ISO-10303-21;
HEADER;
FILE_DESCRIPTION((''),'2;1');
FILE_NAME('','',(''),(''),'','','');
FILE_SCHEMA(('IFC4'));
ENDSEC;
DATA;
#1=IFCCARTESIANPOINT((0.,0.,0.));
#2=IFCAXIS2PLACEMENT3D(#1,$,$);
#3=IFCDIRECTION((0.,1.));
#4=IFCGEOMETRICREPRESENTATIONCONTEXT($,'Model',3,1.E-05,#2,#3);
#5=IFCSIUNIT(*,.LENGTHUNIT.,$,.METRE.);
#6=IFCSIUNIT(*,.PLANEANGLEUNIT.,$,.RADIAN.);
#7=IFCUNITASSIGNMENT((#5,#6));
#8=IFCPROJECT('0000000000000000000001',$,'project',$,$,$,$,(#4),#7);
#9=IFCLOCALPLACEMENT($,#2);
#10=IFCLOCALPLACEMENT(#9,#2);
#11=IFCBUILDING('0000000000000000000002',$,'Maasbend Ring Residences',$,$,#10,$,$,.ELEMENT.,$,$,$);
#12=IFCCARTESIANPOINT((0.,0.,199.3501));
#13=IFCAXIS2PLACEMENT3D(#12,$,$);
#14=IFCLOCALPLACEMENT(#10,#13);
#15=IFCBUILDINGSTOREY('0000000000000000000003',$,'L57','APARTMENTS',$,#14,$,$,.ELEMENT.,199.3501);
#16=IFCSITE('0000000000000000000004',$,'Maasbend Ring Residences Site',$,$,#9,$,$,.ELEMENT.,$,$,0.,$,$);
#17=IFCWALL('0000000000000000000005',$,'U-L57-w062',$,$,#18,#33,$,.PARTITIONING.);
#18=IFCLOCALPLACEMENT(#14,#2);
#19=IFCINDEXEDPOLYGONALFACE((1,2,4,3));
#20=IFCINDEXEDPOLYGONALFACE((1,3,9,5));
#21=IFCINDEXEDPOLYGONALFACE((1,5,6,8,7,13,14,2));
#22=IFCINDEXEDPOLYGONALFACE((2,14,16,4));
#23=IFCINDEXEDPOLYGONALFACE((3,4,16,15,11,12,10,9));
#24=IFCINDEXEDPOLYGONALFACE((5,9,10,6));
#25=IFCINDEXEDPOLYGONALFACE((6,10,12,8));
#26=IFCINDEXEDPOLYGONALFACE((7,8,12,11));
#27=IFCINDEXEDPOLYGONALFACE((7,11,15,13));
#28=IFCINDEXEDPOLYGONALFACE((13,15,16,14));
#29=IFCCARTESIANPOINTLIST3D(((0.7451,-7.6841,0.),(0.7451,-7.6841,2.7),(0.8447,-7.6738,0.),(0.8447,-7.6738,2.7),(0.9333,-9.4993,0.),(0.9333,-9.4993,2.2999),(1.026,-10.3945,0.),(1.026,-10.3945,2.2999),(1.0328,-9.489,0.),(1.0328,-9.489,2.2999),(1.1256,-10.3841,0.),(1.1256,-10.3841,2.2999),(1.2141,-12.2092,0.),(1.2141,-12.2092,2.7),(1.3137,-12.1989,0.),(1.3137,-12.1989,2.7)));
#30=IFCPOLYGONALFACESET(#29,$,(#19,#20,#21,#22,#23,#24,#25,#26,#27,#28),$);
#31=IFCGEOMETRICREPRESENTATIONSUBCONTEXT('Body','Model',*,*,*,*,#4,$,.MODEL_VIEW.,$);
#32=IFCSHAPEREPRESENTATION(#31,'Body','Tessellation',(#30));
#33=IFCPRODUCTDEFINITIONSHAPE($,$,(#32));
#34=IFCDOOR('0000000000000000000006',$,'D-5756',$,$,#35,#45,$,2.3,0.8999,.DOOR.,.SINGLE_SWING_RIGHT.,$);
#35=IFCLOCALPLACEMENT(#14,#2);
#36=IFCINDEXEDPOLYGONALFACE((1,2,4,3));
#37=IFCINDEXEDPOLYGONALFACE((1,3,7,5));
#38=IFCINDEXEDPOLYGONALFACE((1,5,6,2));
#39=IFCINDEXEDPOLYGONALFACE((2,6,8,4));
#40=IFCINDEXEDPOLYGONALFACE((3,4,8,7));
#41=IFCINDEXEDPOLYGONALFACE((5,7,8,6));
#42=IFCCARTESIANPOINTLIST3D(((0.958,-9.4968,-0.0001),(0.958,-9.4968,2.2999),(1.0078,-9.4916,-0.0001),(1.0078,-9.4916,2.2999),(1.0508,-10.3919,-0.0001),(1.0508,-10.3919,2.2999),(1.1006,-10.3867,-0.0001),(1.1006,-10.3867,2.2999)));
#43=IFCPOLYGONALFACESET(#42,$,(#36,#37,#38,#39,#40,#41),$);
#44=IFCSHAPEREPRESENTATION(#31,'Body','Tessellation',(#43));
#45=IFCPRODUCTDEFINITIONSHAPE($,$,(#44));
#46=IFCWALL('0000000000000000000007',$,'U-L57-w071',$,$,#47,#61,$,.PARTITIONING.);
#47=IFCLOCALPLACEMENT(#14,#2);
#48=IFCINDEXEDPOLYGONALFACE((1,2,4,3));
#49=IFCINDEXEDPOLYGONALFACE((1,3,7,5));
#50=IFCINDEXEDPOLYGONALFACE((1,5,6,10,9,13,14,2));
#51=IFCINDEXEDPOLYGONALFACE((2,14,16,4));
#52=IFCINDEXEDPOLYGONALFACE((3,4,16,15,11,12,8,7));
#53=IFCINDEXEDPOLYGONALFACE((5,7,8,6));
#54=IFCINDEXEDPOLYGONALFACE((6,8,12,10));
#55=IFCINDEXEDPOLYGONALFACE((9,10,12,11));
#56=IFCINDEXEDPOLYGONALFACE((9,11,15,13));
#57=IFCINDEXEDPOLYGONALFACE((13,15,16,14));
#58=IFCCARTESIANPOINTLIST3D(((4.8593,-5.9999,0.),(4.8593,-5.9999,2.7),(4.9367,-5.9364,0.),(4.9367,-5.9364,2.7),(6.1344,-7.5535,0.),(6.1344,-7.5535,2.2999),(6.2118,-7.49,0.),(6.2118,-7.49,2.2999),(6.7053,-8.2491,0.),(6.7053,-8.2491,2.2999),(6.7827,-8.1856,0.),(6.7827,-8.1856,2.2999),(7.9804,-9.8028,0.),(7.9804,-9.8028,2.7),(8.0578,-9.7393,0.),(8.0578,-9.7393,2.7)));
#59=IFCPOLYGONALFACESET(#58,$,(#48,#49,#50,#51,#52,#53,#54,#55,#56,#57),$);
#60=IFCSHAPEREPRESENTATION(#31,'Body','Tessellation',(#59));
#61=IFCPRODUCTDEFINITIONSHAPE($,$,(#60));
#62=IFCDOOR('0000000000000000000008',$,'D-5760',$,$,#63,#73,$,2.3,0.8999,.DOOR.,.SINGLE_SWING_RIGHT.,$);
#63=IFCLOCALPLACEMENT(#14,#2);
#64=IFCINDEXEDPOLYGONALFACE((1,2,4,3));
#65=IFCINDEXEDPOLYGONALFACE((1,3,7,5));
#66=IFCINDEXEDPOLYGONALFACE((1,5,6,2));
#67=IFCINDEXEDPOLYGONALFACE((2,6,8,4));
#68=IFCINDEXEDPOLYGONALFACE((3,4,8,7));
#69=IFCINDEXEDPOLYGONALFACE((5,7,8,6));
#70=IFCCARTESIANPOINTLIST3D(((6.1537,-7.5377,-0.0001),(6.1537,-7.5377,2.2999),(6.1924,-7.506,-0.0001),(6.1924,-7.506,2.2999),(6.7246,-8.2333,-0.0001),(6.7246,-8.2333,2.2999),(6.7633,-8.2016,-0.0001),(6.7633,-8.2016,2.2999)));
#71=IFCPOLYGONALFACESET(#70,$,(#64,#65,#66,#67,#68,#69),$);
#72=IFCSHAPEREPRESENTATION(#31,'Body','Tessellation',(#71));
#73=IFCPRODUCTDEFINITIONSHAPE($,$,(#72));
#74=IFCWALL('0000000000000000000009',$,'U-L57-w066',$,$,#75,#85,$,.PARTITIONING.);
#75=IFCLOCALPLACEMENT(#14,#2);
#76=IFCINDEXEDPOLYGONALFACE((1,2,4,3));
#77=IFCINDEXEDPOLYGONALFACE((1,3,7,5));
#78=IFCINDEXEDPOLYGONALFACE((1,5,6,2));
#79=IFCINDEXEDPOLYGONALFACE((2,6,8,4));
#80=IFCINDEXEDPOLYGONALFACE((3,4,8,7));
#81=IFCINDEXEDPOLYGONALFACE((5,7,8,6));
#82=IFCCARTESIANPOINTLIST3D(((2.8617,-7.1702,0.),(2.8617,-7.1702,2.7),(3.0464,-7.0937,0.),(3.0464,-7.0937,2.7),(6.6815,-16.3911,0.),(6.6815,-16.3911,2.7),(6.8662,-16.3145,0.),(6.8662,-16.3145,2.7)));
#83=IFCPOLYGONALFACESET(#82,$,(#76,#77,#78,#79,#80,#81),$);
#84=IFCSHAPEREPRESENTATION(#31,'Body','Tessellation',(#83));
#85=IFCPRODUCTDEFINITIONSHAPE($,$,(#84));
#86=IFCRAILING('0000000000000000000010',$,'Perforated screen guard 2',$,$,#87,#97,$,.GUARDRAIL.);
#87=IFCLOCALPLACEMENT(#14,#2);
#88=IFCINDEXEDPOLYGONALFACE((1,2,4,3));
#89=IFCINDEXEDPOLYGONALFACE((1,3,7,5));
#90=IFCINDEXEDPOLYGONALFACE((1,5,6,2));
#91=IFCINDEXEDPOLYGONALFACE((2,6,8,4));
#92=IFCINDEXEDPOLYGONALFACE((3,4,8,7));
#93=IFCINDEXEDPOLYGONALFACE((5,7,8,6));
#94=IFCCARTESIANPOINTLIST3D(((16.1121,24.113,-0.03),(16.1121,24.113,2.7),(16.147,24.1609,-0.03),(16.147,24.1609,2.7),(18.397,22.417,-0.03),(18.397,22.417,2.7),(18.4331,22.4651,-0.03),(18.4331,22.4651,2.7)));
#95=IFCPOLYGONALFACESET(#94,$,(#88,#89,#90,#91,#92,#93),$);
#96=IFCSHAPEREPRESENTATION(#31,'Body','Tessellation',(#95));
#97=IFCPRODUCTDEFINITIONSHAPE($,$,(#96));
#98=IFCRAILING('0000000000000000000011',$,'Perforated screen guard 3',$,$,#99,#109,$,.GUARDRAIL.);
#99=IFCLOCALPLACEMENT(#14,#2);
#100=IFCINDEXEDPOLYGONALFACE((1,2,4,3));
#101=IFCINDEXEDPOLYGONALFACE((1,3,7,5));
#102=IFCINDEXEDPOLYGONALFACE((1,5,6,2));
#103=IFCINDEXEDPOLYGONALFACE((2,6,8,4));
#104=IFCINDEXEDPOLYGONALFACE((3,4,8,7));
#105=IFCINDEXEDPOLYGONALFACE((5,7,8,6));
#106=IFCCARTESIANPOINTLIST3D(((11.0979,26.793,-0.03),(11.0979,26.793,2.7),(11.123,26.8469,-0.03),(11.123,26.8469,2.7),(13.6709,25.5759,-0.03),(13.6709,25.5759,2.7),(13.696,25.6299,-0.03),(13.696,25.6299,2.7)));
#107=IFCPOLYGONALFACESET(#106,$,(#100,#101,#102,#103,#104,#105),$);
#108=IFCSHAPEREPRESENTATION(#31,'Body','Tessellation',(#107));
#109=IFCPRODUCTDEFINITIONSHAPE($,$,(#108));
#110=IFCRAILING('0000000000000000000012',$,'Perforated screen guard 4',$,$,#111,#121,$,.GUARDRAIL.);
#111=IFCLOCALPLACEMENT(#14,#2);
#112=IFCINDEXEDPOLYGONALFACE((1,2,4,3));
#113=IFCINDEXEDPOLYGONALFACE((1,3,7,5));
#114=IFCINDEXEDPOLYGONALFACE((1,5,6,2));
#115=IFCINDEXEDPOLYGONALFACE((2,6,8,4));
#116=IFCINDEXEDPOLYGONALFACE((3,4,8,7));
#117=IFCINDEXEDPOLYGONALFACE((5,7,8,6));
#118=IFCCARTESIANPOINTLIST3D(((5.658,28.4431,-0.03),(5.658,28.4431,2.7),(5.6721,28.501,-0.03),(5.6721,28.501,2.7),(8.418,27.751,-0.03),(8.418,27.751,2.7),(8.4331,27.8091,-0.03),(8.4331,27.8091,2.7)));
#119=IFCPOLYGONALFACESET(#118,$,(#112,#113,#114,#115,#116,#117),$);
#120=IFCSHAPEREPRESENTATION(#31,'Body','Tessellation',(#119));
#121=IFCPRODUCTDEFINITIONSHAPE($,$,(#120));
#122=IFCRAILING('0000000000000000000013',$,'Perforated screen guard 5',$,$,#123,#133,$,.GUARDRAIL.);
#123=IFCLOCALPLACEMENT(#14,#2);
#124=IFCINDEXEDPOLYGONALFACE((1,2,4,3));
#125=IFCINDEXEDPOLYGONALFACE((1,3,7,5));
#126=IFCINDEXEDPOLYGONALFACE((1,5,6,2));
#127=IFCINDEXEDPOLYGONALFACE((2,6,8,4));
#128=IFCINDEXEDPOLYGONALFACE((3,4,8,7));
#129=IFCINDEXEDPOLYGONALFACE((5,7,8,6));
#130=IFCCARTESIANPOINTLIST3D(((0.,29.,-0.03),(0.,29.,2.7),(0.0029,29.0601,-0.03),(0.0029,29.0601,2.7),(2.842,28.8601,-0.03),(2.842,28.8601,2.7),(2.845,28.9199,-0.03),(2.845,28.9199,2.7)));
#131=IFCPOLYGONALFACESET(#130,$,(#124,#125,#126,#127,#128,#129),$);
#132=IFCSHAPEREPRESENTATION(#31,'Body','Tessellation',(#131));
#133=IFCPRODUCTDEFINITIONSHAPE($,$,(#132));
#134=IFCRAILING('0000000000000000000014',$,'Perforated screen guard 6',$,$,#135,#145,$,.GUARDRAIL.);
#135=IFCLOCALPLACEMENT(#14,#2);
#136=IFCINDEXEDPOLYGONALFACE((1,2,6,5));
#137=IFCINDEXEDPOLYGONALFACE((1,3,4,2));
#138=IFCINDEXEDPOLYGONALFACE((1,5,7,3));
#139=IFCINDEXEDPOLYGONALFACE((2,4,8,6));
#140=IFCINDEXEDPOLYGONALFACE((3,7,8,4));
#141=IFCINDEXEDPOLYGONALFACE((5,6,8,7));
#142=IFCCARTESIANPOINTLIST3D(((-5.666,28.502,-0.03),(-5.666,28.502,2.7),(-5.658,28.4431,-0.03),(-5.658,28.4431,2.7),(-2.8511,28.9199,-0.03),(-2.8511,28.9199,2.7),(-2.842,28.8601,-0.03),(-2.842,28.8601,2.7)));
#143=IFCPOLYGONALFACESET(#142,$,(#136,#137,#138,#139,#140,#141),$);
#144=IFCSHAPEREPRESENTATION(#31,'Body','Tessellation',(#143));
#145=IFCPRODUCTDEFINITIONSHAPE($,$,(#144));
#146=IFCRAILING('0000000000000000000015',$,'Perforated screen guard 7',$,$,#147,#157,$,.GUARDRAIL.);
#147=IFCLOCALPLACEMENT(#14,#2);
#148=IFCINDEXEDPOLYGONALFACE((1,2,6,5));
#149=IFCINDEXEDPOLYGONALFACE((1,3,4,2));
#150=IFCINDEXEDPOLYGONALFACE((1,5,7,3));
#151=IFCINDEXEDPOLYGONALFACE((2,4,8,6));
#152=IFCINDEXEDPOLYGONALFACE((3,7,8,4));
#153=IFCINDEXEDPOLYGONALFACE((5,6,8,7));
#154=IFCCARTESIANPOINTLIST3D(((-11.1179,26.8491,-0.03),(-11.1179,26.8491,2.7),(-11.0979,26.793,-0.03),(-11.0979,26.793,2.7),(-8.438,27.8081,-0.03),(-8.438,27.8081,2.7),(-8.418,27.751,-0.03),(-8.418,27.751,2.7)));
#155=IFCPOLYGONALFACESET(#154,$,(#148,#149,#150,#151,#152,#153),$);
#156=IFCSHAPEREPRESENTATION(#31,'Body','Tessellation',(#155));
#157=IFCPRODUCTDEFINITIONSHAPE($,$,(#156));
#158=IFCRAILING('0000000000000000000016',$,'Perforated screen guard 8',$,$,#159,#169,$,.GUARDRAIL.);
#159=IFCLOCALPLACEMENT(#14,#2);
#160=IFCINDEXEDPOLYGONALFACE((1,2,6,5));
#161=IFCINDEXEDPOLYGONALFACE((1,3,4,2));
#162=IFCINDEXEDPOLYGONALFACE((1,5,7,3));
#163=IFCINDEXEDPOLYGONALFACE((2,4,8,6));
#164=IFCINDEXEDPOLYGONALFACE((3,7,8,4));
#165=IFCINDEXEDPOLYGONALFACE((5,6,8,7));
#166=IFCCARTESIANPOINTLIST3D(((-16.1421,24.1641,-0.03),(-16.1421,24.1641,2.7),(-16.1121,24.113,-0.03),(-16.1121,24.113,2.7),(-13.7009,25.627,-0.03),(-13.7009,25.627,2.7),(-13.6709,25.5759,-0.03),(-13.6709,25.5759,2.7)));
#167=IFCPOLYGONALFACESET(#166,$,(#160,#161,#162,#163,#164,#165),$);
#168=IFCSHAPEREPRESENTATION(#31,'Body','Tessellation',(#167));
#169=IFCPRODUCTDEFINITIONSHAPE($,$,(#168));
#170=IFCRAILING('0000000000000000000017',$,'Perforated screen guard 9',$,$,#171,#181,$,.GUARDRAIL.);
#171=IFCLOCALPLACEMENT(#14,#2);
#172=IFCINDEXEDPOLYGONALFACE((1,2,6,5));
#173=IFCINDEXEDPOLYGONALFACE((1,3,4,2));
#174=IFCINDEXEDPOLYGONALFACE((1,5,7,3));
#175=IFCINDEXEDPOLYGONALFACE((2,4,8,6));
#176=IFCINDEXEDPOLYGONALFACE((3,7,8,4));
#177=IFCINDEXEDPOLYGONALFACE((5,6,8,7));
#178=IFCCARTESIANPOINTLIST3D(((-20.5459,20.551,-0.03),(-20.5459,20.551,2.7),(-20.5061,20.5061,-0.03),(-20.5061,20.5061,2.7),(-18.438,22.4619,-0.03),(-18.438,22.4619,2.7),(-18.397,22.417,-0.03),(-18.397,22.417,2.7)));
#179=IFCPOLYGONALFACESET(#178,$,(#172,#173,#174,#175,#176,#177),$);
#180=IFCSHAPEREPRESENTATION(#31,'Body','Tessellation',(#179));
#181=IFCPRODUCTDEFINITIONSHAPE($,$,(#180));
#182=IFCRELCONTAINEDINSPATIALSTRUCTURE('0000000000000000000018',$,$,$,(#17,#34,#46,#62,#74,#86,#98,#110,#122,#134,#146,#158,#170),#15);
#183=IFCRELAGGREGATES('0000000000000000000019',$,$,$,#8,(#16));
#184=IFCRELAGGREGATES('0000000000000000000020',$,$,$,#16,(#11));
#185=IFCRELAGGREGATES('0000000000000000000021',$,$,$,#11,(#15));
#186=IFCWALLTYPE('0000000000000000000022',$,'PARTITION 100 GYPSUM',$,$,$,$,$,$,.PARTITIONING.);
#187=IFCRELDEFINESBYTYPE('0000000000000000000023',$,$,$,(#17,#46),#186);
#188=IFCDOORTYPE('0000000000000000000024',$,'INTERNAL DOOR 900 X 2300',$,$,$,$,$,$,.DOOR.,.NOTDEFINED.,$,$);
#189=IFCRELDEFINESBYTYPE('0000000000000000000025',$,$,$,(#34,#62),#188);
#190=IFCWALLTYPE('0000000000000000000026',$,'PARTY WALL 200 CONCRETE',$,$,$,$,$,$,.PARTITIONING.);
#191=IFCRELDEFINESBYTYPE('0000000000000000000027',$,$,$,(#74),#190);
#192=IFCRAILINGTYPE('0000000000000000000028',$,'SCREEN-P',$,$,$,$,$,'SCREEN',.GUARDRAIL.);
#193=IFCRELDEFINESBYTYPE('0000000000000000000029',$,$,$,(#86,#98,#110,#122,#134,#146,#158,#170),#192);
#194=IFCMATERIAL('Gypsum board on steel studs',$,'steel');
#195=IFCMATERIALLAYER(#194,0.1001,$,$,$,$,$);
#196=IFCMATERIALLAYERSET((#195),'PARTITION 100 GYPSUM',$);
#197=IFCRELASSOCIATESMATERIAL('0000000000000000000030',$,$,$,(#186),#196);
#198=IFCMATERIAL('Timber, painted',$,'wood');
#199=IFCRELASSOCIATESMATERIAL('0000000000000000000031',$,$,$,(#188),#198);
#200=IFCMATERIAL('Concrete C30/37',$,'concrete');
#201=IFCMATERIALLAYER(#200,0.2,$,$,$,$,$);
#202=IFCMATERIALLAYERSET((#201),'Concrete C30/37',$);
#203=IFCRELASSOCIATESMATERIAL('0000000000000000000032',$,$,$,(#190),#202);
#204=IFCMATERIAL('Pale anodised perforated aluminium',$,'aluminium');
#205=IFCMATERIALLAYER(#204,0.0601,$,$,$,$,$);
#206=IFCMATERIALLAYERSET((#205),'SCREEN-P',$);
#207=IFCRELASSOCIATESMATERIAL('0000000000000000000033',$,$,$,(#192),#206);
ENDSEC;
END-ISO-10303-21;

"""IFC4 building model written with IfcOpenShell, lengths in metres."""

from ifc_helpers import new_model, si_unit, direction, frame, frame_2d, origin, place, context, subcontext, project, spatial, polyline, rectangle, outline, extrude, material, layer, layer_set, type_object, element, fill, save


model = new_model("IFC4")

# Units and contexts
model_context = context("Model", 3, precision=1e-05, world=origin(), true_north=direction((0.0, 1.0)))
body_context = subcontext(model_context, "Body", "Model", "MODEL_VIEW")
ifc_project = project(units=[si_unit("LENGTHUNIT", "METRE"), si_unit("PLANEANGLEUNIT", "RADIAN")], contexts=[model_context])

# Site, building, storey
site_placement = place(None, origin())
site = spatial("IfcSite", under=ifc_project, at=site_placement, Name="Maasbend Ring Residences Site", CompositionType="ELEMENT", RefElevation=0.0)
building_placement = place(site_placement, origin())
building = spatial("IfcBuilding", under=site, at=building_placement, Name="Maasbend Ring Residences", CompositionType="ELEMENT")
storey_placement = place(building_placement, frame((0.0, 0.0, 199.3501)))
storey = spatial("IfcBuildingStorey", under=building, at=storey_placement, Name="L57", Description="APARTMENTS", CompositionType="ELEMENT", Elevation=199.3501)

# Walls, openings, doors
ifc_material_1 = material(Name="Gypsum board on steel studs", Category="steel")
ifc_layer_1 = layer(ifc_material_1, 0.1001)
ifc_layer_set_1 = layer_set([ifc_layer_1], Name="PARTITION 100 GYPSUM")
wall_type_1 = type_object("IfcWallType", Name="PARTITION 100 GYPSUM", PredefinedType="PARTITIONING", material=ifc_layer_set_1)
wall_1_placement = place(storey_placement, frame((0.7949, -7.679, 0.0), z_axis=(0.0, 0.0, 1.0), x_axis=(0.10309, -0.994672, 0.0)))
wall_1 = element("IfcWall", 1, at=wall_1_placement, inside=storey, type_object=wall_type_1, Name="U-L57-w062", PredefinedType="PARTITIONING", context=body_context, shape_type="SweptSolid", body=[
    extrude(rectangle(XDim=4.5493, YDim=0.1001, at=frame_2d((2.2747, 0.0))), origin(), (0.0, 0.0, 1.0), 2.7),
])
opening_1_placement = place(wall_1_placement, frame((1.825, 0.0, 0.0)))
opening_1 = element("IfcOpeningElement", 2, at=opening_1_placement, cuts=wall_1, PredefinedType="OPENING", context=body_context, shape_type="SweptSolid", body=[
    extrude(rectangle(XDim=0.8999, YDim=2.3, at=frame_2d((0.45, 1.1499))), frame((0.0, 0.0601, 0.0), z_axis=(0.0, -1.0, 0.0), x_axis=(1.0, 0.0, 0.0)), (0.0, 0.0, 1.0), 0.1201),
])
ifc_material_2 = material(Name="Timber, painted", Category="wood")
door_type = type_object("IfcDoorType", Name="INTERNAL DOOR 900 X 2300", OperationType="NOTDEFINED", PredefinedType="DOOR", material=ifc_material_2)
door_1_placement = place(opening_1_placement, origin())
door_1 = element("IfcDoor", 3, at=door_1_placement, inside=storey, type_object=door_type, Name="D-5756", OperationType="SINGLE_SWING_RIGHT", OverallHeight=2.3, OverallWidth=0.8999, PredefinedType="DOOR", context=body_context, shape_type="SweptSolid", body=[
    extrude(rectangle(XDim=0.8999, YDim=2.3, at=frame_2d((0.45, 1.1499))), frame((0.0, 0.0249, 0.0), z_axis=(0.0, -1.0, 0.0), x_axis=(1.0, 0.0, 0.0)), (0.0, 0.0, 1.0), 0.05),
])
fill(opening_1, door_1)
wall_2_placement = place(storey_placement, frame((4.8979, -5.968, 0.0), z_axis=(0.0, 0.0, 1.0), x_axis=(0.634402, -0.773003, 0.0)))
wall_2 = element("IfcWall", 4, at=wall_2_placement, inside=storey, type_object=wall_type_1, Name="U-L57-w071", PredefinedType="PARTITIONING", context=body_context, shape_type="SweptSolid", body=[
    extrude(rectangle(XDim=4.9197, YDim=0.1001, at=frame_2d((2.46, 0.0))), origin(), (0.0, 0.0, 1.0), 2.7),
])
opening_2_placement = place(wall_2_placement, frame((2.01, 0.0, 0.0)))
opening_2 = element("IfcOpeningElement", 5, at=opening_2_placement, cuts=wall_2, PredefinedType="OPENING", context=body_context, shape_type="SweptSolid", body=[
    extrude(rectangle(XDim=0.8999, YDim=2.3, at=frame_2d((0.45, 1.1499))), frame((0.0, 0.0601, 0.0), z_axis=(0.0, -1.0, 0.0), x_axis=(1.0, 0.0, 0.0)), (0.0, 0.0, 1.0), 0.1201),
])
door_2_placement = place(opening_2_placement, origin())
door_2 = element("IfcDoor", 6, at=door_2_placement, inside=storey, type_object=door_type, Name="D-5760", OperationType="SINGLE_SWING_RIGHT", OverallHeight=2.3, OverallWidth=0.8999, PredefinedType="DOOR", context=body_context, shape_type="SweptSolid", body=[
    extrude(rectangle(XDim=0.8999, YDim=2.3, at=frame_2d((0.45, 1.1499))), frame((0.0, 0.0249, 0.0), z_axis=(0.0, -1.0, 0.0), x_axis=(1.0, 0.0, 0.0)), (0.0, 0.0, 1.0), 0.05),
])
fill(opening_2, door_2)

# Wall
ifc_material_3 = material(Name="Concrete C30/37", Category="concrete")
ifc_layer_2 = layer(ifc_material_3, 0.2)
ifc_layer_set_2 = layer_set([ifc_layer_2], Name="Concrete C30/37")
wall_type_2 = type_object("IfcWallType", Name="PARTY WALL 200 CONCRETE", PredefinedType="PARTITIONING", material=ifc_layer_set_2)
wall_3_placement = place(storey_placement, frame((2.9541, -7.1321, 0.0), z_axis=(0.0, 0.0, 1.0), x_axis=(0.382716, -0.923866, 0.0)))
element("IfcWall", 7, at=wall_3_placement, inside=storey, type_object=wall_type_2, Name="U-L57-w066", PredefinedType="PARTITIONING", context=body_context, shape_type="SweptSolid", body=[
    extrude(rectangle(XDim=9.9807, YDim=0.2, at=frame_2d((4.9902, 0.0))), origin(), (0.0, 0.0, 1.0), 2.7),
])

# Railings
ifc_material_4 = material(Name="Pale anodised perforated aluminium", Category="aluminium")
ifc_layer_3 = layer(ifc_material_4, 0.0601)
ifc_layer_set_3 = layer_set([ifc_layer_3], Name="SCREEN-P")
railing_type = type_object("IfcRailingType", Name="SCREEN-P", ElementType="SCREEN", PredefinedType="GUARDRAIL", material=ifc_layer_set_3)
railing_1_placement = place(storey_placement, frame((0.0, 0.0, -0.03)))
element("IfcRailing", 8, at=railing_1_placement, inside=storey, type_object=railing_type, Name="Perforated screen guard 2", PredefinedType="GUARDRAIL", context=body_context, shape_type="SweptSolid", body=[
    extrude(outline(polyline([(18.397, 22.417), (16.1121, 24.113), (16.147, 24.1609), (18.4331, 22.4651), (18.397, 22.417)])), origin(), (0.0, 0.0, 1.0), 2.73),
])
railing_2_placement = place(storey_placement, frame((0.0, 0.0, -0.03)))
element("IfcRailing", 9, at=railing_2_placement, inside=storey, type_object=railing_type, Name="Perforated screen guard 3", PredefinedType="GUARDRAIL", context=body_context, shape_type="SweptSolid", body=[
    extrude(outline(polyline([(13.6709, 25.5759), (11.0979, 26.793), (11.123, 26.8469), (13.696, 25.6299), (13.6709, 25.5759)])), origin(), (0.0, 0.0, 1.0), 2.73),
])
railing_3_placement = place(storey_placement, frame((0.0, 0.0, -0.03)))
element("IfcRailing", 10, at=railing_3_placement, inside=storey, type_object=railing_type, Name="Perforated screen guard 4", PredefinedType="GUARDRAIL", context=body_context, shape_type="SweptSolid", body=[
    extrude(outline(polyline([(8.418, 27.751), (5.658, 28.4431), (5.6721, 28.501), (8.4331, 27.8091), (8.418, 27.751)])), origin(), (0.0, 0.0, 1.0), 2.73),
])
railing_4_placement = place(storey_placement, frame((0.0, 0.0, -0.03)))
element("IfcRailing", 11, at=railing_4_placement, inside=storey, type_object=railing_type, Name="Perforated screen guard 5", PredefinedType="GUARDRAIL", context=body_context, shape_type="SweptSolid", body=[
    extrude(outline(polyline([(2.842, 28.8601), (0.0, 29.0), (0.0029, 29.0601), (2.845, 28.9199), (2.842, 28.8601)])), origin(), (0.0, 0.0, 1.0), 2.73),
])
railing_5_placement = place(storey_placement, frame((0.0, 0.0, -0.03)))
element("IfcRailing", 12, at=railing_5_placement, inside=storey, type_object=railing_type, Name="Perforated screen guard 6", PredefinedType="GUARDRAIL", context=body_context, shape_type="SweptSolid", body=[
    extrude(outline(polyline([(-2.842, 28.8601), (-5.658, 28.4431), (-5.666, 28.502), (-2.8511, 28.9199), (-2.842, 28.8601)])), origin(), (0.0, 0.0, 1.0), 2.73),
])
railing_6_placement = place(storey_placement, frame((0.0, 0.0, -0.03)))
element("IfcRailing", 13, at=railing_6_placement, inside=storey, type_object=railing_type, Name="Perforated screen guard 7", PredefinedType="GUARDRAIL", context=body_context, shape_type="SweptSolid", body=[
    extrude(outline(polyline([(-8.418, 27.751), (-11.0979, 26.793), (-11.1179, 26.8491), (-8.438, 27.8081), (-8.418, 27.751)])), origin(), (0.0, 0.0, 1.0), 2.73),
])
railing_7_placement = place(storey_placement, frame((0.0, 0.0, -0.03)))
element("IfcRailing", 14, at=railing_7_placement, inside=storey, type_object=railing_type, Name="Perforated screen guard 8", PredefinedType="GUARDRAIL", context=body_context, shape_type="SweptSolid", body=[
    extrude(outline(polyline([(-13.6709, 25.5759), (-16.1121, 24.113), (-16.1421, 24.1641), (-13.7009, 25.627), (-13.6709, 25.5759)])), origin(), (0.0, 0.0, 1.0), 2.73),
])
railing_8_placement = place(storey_placement, frame((0.0, 0.0, -0.03)))
element("IfcRailing", 15, at=railing_8_placement, inside=storey, type_object=railing_type, Name="Perforated screen guard 9", PredefinedType="GUARDRAIL", context=body_context, shape_type="SweptSolid", body=[
    extrude(outline(polyline([(-18.397, 22.417), (-20.5061, 20.5061), (-20.5459, 20.551), (-18.438, 22.4619), (-18.397, 22.417)])), origin(), (0.0, 0.0, 1.0), 2.73),
])

save(model, "model.ifc")
